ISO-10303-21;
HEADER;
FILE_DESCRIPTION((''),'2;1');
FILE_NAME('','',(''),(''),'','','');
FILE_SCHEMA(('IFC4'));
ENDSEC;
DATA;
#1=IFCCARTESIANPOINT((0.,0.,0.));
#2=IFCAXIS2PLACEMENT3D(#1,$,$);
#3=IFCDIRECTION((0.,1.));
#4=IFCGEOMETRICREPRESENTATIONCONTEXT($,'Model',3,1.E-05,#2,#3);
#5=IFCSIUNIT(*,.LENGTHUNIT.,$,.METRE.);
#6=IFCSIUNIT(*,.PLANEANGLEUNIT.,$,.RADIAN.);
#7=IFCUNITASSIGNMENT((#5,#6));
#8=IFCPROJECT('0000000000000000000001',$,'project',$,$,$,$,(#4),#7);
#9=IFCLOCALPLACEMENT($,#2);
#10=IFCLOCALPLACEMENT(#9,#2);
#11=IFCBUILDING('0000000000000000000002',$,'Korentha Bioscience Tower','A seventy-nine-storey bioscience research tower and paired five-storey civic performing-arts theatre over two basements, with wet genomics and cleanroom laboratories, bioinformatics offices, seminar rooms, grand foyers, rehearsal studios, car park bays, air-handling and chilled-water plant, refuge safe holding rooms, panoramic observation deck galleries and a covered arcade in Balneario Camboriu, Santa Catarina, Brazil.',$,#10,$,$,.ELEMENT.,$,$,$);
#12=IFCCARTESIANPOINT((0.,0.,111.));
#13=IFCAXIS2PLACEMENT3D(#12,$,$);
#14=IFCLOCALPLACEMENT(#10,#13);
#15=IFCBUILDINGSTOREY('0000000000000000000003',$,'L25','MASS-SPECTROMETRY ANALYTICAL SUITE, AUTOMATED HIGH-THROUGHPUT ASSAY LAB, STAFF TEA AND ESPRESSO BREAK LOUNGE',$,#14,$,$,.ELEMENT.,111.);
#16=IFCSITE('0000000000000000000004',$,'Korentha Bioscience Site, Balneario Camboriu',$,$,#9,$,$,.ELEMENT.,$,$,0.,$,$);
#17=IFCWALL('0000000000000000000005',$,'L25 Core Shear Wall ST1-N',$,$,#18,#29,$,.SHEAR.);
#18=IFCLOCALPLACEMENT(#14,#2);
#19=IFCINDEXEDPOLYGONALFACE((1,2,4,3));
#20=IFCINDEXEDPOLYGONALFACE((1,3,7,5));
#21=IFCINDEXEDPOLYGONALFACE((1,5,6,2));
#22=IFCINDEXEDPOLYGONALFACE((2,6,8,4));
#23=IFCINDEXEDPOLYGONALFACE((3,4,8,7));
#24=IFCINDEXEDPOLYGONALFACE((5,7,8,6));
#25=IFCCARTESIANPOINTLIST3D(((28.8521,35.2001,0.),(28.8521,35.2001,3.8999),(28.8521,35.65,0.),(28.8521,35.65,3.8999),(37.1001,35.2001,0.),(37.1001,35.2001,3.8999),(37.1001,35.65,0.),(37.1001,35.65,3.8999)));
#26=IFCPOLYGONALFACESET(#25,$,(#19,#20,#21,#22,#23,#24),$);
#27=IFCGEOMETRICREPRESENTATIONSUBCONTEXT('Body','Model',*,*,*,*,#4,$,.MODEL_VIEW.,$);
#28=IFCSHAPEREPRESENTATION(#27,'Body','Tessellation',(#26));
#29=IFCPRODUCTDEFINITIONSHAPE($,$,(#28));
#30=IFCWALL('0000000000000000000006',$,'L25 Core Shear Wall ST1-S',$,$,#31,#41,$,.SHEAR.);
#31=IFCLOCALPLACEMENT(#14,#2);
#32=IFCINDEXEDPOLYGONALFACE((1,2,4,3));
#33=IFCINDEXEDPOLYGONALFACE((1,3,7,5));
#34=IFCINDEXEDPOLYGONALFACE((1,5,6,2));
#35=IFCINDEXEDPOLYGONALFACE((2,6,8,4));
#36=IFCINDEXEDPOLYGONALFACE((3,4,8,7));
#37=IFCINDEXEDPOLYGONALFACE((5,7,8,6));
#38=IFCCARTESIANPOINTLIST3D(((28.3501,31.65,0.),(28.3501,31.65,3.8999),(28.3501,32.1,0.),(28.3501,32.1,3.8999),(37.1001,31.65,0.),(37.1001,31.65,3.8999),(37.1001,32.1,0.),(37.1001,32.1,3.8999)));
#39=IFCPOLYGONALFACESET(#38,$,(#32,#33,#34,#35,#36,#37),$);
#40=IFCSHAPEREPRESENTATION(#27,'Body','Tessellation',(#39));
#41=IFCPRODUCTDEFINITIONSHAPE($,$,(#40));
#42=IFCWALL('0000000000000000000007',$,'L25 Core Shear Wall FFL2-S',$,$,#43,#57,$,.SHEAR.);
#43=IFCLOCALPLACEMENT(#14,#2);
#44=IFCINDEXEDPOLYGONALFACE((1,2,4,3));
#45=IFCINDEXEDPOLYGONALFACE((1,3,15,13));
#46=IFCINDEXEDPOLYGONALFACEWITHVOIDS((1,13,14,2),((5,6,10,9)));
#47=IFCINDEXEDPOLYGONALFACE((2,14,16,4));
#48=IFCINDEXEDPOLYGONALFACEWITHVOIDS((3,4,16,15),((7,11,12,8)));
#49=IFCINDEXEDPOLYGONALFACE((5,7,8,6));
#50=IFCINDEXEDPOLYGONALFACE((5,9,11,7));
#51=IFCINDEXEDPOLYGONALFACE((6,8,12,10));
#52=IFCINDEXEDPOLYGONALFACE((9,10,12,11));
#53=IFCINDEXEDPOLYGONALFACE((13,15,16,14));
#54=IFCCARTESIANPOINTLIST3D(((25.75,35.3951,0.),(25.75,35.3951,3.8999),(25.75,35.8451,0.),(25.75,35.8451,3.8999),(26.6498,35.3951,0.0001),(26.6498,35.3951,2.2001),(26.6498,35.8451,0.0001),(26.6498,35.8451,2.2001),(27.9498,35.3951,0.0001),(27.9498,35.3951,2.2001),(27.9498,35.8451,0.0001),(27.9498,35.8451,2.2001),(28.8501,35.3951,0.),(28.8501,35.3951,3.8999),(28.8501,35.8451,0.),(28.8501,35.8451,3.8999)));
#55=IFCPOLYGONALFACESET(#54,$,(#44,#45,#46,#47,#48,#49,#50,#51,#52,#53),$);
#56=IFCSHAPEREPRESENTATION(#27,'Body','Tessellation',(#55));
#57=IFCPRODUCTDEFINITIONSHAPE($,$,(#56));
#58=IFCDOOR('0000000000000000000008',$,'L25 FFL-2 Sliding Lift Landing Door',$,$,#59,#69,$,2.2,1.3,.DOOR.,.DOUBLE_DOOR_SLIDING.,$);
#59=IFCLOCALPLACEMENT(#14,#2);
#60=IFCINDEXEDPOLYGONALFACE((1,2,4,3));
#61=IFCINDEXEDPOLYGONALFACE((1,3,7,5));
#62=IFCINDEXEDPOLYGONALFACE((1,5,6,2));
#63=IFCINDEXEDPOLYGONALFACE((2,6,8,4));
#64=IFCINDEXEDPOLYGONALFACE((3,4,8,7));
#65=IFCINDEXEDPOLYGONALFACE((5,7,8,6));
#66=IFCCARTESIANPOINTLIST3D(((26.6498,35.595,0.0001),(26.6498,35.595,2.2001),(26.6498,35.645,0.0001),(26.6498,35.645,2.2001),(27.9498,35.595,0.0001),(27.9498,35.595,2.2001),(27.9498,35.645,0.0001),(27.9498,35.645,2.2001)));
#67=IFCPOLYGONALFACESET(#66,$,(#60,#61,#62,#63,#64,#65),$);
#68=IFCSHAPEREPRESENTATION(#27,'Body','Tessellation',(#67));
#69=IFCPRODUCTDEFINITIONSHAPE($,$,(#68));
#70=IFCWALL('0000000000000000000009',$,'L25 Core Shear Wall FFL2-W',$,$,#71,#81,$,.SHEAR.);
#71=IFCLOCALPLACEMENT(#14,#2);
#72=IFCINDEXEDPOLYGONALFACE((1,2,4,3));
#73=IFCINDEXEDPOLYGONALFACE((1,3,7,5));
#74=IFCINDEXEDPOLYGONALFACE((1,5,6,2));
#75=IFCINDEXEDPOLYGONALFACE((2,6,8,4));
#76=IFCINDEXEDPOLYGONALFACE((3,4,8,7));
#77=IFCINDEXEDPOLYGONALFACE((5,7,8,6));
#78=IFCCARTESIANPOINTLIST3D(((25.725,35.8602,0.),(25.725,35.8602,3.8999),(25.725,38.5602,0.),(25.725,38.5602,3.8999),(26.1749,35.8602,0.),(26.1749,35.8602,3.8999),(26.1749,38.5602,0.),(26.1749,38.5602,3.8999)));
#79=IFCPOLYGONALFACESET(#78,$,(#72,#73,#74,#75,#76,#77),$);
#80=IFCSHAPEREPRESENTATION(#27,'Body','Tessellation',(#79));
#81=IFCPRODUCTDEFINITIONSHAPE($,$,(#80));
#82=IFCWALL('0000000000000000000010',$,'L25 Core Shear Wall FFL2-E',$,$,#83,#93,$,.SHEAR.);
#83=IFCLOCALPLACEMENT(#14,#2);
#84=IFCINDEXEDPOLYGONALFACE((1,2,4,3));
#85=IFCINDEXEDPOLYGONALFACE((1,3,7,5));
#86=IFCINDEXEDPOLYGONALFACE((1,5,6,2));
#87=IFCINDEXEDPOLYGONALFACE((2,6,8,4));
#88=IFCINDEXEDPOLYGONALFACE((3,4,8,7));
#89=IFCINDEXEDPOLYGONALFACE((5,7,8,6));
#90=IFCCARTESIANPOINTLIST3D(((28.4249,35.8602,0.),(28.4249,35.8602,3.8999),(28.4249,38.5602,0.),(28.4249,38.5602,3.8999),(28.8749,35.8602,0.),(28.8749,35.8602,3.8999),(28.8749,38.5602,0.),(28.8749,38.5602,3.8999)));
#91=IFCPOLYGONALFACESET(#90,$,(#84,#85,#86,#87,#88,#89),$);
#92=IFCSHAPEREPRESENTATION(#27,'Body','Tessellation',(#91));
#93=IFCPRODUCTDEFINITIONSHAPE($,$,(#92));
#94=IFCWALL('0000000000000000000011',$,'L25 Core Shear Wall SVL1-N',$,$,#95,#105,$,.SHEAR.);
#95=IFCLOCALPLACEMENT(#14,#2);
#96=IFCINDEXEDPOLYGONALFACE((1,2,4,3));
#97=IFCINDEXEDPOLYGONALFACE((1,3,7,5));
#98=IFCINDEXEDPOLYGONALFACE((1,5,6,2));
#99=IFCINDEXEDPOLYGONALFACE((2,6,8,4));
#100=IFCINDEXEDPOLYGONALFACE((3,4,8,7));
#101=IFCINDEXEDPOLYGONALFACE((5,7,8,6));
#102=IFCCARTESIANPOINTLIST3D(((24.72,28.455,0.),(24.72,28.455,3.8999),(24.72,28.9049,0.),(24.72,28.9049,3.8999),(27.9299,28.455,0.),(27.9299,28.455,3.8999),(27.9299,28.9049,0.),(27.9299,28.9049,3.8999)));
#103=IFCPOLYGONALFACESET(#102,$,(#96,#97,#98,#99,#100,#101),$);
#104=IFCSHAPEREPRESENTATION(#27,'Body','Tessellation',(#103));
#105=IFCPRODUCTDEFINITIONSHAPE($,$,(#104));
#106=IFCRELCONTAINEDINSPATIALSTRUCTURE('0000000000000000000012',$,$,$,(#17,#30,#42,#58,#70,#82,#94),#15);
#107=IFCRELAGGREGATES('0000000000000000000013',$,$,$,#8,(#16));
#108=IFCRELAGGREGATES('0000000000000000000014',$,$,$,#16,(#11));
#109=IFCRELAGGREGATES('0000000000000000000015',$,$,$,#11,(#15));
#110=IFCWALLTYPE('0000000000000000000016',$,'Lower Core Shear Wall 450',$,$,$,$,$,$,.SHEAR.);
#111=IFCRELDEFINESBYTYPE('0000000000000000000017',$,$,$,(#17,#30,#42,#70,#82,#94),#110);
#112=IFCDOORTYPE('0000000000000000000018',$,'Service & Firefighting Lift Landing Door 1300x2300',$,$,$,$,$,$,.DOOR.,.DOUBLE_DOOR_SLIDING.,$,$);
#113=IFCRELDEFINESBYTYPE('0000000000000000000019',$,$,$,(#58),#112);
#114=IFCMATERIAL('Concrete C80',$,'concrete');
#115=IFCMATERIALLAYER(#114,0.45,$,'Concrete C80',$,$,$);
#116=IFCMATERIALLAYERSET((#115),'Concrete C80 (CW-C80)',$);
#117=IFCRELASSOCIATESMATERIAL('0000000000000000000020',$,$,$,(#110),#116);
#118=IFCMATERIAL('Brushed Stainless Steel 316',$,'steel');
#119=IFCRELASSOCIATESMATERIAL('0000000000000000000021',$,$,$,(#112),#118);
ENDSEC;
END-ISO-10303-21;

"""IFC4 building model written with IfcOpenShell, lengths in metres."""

from ifc_helpers import new_model, si_unit, direction, frame, frame_2d, origin, place, context, subcontext, project, spatial, rectangle, extrude, material, layer, layer_set, type_object, element, fill, save


model = new_model("IFC4")

# Units and contexts
model_context = context("Model", 3, precision=1e-05, world=origin(), true_north=direction((0.0, 1.0)))
body_context = subcontext(model_context, "Body", "Model", "MODEL_VIEW")
ifc_project = project(units=[si_unit("LENGTHUNIT", "METRE"), si_unit("PLANEANGLEUNIT", "RADIAN")], contexts=[model_context])

# Site, building, storey
site_placement = place(None, origin())
site = spatial("IfcSite", under=ifc_project, at=site_placement, Name="Korentha Bioscience Site, Balneario Camboriu", CompositionType="ELEMENT", RefElevation=0.0)
building_placement = place(site_placement, origin())
building = spatial("IfcBuilding", under=site, at=building_placement, Name="Korentha Bioscience Tower", Description="A seventy-nine-storey bioscience research tower and paired five-storey civic performing-arts theatre over two basements, with wet genomics and cleanroom laboratories, bioinformatics offices, seminar rooms, grand foyers, rehearsal studios, car park bays, air-handling and chilled-water plant, refuge safe holding rooms, panoramic observation deck galleries and a covered arcade in Balneario Camboriu, Santa Catarina, Brazil.", CompositionType="ELEMENT")
storey_placement = place(building_placement, frame((0.0, 0.0, 111.0)))
storey = spatial("IfcBuildingStorey", under=building, at=storey_placement, Name="L25", Description="MASS-SPECTROMETRY ANALYTICAL SUITE, AUTOMATED HIGH-THROUGHPUT ASSAY LAB, STAFF TEA AND ESPRESSO BREAK LOUNGE", CompositionType="ELEMENT", Elevation=111.0)

# Shared definitions
ifc_material_1 = material(Name="Concrete C80", Category="concrete")

# Walls
ifc_layer_1 = layer(ifc_material_1, 0.45, Name="Concrete C80")
ifc_layer_set_1 = layer_set([ifc_layer_1], Name="Concrete C80 (CW-C80)")
wall_type_1 = type_object("IfcWallType", Name="Lower Core Shear Wall 450", PredefinedType="SHEAR", material=ifc_layer_set_1)
wall_1_placement = place(storey_placement, frame((28.8521, 35.425, 0.0), z_axis=(0.0, 0.0, 1.0), x_axis=(1.0, 0.0, 0.0)))
element("IfcWall", 1, at=wall_1_placement, inside=storey, type_object=wall_type_1, Name="L25 Core Shear Wall ST1-N", PredefinedType="SHEAR", context=body_context, shape_type="SweptSolid", body=[
    extrude(rectangle(XDim=8.248, YDim=0.45, at=frame_2d((4.124, 0.0))), origin(), (0.0, 0.0, 1.0), 3.8999),
])
wall_2_placement = place(storey_placement, frame((28.3501, 31.875, 0.0), z_axis=(0.0, 0.0, 1.0), x_axis=(1.0, 0.0, 0.0)))
element("IfcWall", 2, at=wall_2_placement, inside=storey, type_object=wall_type_1, Name="L25 Core Shear Wall ST1-S", PredefinedType="SHEAR", context=body_context, shape_type="SweptSolid", body=[
    extrude(rectangle(XDim=8.75, YDim=0.45, at=frame_2d((4.375, 0.0))), origin(), (0.0, 0.0, 1.0), 3.8999),
])

# Wall, opening, door
wall_3_placement = place(storey_placement, frame((25.75, 35.6201, 0.0), z_axis=(0.0, 0.0, 1.0), x_axis=(1.0, 0.0, 0.0)))
wall_3 = element("IfcWall", 3, at=wall_3_placement, inside=storey, type_object=wall_type_1, Name="L25 Core Shear Wall FFL2-S", PredefinedType="SHEAR", context=body_context, shape_type="SweptSolid", body=[
    extrude(rectangle(XDim=3.1001, YDim=0.45, at=frame_2d((1.55, 0.0))), origin(), (0.0, 0.0, 1.0), 3.8999),
])
opening_1_placement = place(wall_3_placement, frame((0.8999, 0.0, 0.0)))
opening_1 = element("IfcOpeningElement", 4, at=opening_1_placement, cuts=wall_3, PredefinedType="OPENING", context=body_context, shape_type="SweptSolid", body=[
    extrude(rectangle(XDim=1.3, YDim=2.2, at=frame_2d((0.6499, 1.1001))), frame((0.0, 0.2397, 0.0), z_axis=(0.0, -1.0, 0.0), x_axis=(1.0, 0.0, 0.0)), (0.0, 0.0, 1.0), 0.4797),
])
ifc_material_2 = material(Name="Brushed Stainless Steel 316", Category="steel")
door_type_1 = type_object("IfcDoorType", Name="Service & Firefighting Lift Landing Door 1300x2300", OperationType="DOUBLE_DOOR_SLIDING", PredefinedType="DOOR", material=ifc_material_2)
door_1_placement = place(opening_1_placement, origin())
door_1 = element("IfcDoor", 5, at=door_1_placement, inside=storey, type_object=door_type_1, Name="L25 FFL-2 Sliding Lift Landing Door", OperationType="DOUBLE_DOOR_SLIDING", OverallHeight=2.2, OverallWidth=1.3, PredefinedType="DOOR", context=body_context, shape_type="SweptSolid", body=[
    extrude(rectangle(XDim=1.3, YDim=2.2, at=frame_2d((0.6499, 1.1001))), frame((0.0, 0.0249, 0.0), z_axis=(0.0, -1.0, 0.0), x_axis=(1.0, 0.0, 0.0)), (0.0, 0.0, 1.0), 0.05),
])
fill(opening_1, door_1)

# Walls
for number, where, z_axis, x_axis, name in (
    (6, (25.95, 35.8601, 0.0), (0.0, 0.0, 1.0), (0.0, 1.0, 0.0), "L25 Core Shear Wall FFL2-W"),
    (7, (28.6499, 35.8601, 0.0), (0.0, 0.0, 1.0), (0.0, 1.0, 0.0), "L25 Core Shear Wall FFL2-E"),
):
    element("IfcWall", number, at=place(storey_placement, frame(where, z_axis=z_axis, x_axis=x_axis)), inside=storey, type_object=wall_type_1, Name=name, PredefinedType="SHEAR", context=body_context, shape_type="SweptSolid", body=[
        extrude(rectangle(XDim=2.7, YDim=0.45, at=frame_2d((1.3501, 0.0))), origin(), (0.0, 0.0, 1.0), 3.8999),
    ])
wall_4_placement = place(storey_placement, frame((24.72, 28.6799, 0.0), z_axis=(0.0, 0.0, 1.0), x_axis=(1.0, 0.0, 0.0)))
element("IfcWall", 8, at=wall_4_placement, inside=storey, type_object=wall_type_1, Name="L25 Core Shear Wall SVL1-N", PredefinedType="SHEAR", context=body_context, shape_type="SweptSolid", body=[
    extrude(rectangle(XDim=3.21, YDim=0.45, at=frame_2d((1.605, 0.0))), origin(), (0.0, 0.0, 1.0), 3.8999),
])

save(model, "model.ifc")
